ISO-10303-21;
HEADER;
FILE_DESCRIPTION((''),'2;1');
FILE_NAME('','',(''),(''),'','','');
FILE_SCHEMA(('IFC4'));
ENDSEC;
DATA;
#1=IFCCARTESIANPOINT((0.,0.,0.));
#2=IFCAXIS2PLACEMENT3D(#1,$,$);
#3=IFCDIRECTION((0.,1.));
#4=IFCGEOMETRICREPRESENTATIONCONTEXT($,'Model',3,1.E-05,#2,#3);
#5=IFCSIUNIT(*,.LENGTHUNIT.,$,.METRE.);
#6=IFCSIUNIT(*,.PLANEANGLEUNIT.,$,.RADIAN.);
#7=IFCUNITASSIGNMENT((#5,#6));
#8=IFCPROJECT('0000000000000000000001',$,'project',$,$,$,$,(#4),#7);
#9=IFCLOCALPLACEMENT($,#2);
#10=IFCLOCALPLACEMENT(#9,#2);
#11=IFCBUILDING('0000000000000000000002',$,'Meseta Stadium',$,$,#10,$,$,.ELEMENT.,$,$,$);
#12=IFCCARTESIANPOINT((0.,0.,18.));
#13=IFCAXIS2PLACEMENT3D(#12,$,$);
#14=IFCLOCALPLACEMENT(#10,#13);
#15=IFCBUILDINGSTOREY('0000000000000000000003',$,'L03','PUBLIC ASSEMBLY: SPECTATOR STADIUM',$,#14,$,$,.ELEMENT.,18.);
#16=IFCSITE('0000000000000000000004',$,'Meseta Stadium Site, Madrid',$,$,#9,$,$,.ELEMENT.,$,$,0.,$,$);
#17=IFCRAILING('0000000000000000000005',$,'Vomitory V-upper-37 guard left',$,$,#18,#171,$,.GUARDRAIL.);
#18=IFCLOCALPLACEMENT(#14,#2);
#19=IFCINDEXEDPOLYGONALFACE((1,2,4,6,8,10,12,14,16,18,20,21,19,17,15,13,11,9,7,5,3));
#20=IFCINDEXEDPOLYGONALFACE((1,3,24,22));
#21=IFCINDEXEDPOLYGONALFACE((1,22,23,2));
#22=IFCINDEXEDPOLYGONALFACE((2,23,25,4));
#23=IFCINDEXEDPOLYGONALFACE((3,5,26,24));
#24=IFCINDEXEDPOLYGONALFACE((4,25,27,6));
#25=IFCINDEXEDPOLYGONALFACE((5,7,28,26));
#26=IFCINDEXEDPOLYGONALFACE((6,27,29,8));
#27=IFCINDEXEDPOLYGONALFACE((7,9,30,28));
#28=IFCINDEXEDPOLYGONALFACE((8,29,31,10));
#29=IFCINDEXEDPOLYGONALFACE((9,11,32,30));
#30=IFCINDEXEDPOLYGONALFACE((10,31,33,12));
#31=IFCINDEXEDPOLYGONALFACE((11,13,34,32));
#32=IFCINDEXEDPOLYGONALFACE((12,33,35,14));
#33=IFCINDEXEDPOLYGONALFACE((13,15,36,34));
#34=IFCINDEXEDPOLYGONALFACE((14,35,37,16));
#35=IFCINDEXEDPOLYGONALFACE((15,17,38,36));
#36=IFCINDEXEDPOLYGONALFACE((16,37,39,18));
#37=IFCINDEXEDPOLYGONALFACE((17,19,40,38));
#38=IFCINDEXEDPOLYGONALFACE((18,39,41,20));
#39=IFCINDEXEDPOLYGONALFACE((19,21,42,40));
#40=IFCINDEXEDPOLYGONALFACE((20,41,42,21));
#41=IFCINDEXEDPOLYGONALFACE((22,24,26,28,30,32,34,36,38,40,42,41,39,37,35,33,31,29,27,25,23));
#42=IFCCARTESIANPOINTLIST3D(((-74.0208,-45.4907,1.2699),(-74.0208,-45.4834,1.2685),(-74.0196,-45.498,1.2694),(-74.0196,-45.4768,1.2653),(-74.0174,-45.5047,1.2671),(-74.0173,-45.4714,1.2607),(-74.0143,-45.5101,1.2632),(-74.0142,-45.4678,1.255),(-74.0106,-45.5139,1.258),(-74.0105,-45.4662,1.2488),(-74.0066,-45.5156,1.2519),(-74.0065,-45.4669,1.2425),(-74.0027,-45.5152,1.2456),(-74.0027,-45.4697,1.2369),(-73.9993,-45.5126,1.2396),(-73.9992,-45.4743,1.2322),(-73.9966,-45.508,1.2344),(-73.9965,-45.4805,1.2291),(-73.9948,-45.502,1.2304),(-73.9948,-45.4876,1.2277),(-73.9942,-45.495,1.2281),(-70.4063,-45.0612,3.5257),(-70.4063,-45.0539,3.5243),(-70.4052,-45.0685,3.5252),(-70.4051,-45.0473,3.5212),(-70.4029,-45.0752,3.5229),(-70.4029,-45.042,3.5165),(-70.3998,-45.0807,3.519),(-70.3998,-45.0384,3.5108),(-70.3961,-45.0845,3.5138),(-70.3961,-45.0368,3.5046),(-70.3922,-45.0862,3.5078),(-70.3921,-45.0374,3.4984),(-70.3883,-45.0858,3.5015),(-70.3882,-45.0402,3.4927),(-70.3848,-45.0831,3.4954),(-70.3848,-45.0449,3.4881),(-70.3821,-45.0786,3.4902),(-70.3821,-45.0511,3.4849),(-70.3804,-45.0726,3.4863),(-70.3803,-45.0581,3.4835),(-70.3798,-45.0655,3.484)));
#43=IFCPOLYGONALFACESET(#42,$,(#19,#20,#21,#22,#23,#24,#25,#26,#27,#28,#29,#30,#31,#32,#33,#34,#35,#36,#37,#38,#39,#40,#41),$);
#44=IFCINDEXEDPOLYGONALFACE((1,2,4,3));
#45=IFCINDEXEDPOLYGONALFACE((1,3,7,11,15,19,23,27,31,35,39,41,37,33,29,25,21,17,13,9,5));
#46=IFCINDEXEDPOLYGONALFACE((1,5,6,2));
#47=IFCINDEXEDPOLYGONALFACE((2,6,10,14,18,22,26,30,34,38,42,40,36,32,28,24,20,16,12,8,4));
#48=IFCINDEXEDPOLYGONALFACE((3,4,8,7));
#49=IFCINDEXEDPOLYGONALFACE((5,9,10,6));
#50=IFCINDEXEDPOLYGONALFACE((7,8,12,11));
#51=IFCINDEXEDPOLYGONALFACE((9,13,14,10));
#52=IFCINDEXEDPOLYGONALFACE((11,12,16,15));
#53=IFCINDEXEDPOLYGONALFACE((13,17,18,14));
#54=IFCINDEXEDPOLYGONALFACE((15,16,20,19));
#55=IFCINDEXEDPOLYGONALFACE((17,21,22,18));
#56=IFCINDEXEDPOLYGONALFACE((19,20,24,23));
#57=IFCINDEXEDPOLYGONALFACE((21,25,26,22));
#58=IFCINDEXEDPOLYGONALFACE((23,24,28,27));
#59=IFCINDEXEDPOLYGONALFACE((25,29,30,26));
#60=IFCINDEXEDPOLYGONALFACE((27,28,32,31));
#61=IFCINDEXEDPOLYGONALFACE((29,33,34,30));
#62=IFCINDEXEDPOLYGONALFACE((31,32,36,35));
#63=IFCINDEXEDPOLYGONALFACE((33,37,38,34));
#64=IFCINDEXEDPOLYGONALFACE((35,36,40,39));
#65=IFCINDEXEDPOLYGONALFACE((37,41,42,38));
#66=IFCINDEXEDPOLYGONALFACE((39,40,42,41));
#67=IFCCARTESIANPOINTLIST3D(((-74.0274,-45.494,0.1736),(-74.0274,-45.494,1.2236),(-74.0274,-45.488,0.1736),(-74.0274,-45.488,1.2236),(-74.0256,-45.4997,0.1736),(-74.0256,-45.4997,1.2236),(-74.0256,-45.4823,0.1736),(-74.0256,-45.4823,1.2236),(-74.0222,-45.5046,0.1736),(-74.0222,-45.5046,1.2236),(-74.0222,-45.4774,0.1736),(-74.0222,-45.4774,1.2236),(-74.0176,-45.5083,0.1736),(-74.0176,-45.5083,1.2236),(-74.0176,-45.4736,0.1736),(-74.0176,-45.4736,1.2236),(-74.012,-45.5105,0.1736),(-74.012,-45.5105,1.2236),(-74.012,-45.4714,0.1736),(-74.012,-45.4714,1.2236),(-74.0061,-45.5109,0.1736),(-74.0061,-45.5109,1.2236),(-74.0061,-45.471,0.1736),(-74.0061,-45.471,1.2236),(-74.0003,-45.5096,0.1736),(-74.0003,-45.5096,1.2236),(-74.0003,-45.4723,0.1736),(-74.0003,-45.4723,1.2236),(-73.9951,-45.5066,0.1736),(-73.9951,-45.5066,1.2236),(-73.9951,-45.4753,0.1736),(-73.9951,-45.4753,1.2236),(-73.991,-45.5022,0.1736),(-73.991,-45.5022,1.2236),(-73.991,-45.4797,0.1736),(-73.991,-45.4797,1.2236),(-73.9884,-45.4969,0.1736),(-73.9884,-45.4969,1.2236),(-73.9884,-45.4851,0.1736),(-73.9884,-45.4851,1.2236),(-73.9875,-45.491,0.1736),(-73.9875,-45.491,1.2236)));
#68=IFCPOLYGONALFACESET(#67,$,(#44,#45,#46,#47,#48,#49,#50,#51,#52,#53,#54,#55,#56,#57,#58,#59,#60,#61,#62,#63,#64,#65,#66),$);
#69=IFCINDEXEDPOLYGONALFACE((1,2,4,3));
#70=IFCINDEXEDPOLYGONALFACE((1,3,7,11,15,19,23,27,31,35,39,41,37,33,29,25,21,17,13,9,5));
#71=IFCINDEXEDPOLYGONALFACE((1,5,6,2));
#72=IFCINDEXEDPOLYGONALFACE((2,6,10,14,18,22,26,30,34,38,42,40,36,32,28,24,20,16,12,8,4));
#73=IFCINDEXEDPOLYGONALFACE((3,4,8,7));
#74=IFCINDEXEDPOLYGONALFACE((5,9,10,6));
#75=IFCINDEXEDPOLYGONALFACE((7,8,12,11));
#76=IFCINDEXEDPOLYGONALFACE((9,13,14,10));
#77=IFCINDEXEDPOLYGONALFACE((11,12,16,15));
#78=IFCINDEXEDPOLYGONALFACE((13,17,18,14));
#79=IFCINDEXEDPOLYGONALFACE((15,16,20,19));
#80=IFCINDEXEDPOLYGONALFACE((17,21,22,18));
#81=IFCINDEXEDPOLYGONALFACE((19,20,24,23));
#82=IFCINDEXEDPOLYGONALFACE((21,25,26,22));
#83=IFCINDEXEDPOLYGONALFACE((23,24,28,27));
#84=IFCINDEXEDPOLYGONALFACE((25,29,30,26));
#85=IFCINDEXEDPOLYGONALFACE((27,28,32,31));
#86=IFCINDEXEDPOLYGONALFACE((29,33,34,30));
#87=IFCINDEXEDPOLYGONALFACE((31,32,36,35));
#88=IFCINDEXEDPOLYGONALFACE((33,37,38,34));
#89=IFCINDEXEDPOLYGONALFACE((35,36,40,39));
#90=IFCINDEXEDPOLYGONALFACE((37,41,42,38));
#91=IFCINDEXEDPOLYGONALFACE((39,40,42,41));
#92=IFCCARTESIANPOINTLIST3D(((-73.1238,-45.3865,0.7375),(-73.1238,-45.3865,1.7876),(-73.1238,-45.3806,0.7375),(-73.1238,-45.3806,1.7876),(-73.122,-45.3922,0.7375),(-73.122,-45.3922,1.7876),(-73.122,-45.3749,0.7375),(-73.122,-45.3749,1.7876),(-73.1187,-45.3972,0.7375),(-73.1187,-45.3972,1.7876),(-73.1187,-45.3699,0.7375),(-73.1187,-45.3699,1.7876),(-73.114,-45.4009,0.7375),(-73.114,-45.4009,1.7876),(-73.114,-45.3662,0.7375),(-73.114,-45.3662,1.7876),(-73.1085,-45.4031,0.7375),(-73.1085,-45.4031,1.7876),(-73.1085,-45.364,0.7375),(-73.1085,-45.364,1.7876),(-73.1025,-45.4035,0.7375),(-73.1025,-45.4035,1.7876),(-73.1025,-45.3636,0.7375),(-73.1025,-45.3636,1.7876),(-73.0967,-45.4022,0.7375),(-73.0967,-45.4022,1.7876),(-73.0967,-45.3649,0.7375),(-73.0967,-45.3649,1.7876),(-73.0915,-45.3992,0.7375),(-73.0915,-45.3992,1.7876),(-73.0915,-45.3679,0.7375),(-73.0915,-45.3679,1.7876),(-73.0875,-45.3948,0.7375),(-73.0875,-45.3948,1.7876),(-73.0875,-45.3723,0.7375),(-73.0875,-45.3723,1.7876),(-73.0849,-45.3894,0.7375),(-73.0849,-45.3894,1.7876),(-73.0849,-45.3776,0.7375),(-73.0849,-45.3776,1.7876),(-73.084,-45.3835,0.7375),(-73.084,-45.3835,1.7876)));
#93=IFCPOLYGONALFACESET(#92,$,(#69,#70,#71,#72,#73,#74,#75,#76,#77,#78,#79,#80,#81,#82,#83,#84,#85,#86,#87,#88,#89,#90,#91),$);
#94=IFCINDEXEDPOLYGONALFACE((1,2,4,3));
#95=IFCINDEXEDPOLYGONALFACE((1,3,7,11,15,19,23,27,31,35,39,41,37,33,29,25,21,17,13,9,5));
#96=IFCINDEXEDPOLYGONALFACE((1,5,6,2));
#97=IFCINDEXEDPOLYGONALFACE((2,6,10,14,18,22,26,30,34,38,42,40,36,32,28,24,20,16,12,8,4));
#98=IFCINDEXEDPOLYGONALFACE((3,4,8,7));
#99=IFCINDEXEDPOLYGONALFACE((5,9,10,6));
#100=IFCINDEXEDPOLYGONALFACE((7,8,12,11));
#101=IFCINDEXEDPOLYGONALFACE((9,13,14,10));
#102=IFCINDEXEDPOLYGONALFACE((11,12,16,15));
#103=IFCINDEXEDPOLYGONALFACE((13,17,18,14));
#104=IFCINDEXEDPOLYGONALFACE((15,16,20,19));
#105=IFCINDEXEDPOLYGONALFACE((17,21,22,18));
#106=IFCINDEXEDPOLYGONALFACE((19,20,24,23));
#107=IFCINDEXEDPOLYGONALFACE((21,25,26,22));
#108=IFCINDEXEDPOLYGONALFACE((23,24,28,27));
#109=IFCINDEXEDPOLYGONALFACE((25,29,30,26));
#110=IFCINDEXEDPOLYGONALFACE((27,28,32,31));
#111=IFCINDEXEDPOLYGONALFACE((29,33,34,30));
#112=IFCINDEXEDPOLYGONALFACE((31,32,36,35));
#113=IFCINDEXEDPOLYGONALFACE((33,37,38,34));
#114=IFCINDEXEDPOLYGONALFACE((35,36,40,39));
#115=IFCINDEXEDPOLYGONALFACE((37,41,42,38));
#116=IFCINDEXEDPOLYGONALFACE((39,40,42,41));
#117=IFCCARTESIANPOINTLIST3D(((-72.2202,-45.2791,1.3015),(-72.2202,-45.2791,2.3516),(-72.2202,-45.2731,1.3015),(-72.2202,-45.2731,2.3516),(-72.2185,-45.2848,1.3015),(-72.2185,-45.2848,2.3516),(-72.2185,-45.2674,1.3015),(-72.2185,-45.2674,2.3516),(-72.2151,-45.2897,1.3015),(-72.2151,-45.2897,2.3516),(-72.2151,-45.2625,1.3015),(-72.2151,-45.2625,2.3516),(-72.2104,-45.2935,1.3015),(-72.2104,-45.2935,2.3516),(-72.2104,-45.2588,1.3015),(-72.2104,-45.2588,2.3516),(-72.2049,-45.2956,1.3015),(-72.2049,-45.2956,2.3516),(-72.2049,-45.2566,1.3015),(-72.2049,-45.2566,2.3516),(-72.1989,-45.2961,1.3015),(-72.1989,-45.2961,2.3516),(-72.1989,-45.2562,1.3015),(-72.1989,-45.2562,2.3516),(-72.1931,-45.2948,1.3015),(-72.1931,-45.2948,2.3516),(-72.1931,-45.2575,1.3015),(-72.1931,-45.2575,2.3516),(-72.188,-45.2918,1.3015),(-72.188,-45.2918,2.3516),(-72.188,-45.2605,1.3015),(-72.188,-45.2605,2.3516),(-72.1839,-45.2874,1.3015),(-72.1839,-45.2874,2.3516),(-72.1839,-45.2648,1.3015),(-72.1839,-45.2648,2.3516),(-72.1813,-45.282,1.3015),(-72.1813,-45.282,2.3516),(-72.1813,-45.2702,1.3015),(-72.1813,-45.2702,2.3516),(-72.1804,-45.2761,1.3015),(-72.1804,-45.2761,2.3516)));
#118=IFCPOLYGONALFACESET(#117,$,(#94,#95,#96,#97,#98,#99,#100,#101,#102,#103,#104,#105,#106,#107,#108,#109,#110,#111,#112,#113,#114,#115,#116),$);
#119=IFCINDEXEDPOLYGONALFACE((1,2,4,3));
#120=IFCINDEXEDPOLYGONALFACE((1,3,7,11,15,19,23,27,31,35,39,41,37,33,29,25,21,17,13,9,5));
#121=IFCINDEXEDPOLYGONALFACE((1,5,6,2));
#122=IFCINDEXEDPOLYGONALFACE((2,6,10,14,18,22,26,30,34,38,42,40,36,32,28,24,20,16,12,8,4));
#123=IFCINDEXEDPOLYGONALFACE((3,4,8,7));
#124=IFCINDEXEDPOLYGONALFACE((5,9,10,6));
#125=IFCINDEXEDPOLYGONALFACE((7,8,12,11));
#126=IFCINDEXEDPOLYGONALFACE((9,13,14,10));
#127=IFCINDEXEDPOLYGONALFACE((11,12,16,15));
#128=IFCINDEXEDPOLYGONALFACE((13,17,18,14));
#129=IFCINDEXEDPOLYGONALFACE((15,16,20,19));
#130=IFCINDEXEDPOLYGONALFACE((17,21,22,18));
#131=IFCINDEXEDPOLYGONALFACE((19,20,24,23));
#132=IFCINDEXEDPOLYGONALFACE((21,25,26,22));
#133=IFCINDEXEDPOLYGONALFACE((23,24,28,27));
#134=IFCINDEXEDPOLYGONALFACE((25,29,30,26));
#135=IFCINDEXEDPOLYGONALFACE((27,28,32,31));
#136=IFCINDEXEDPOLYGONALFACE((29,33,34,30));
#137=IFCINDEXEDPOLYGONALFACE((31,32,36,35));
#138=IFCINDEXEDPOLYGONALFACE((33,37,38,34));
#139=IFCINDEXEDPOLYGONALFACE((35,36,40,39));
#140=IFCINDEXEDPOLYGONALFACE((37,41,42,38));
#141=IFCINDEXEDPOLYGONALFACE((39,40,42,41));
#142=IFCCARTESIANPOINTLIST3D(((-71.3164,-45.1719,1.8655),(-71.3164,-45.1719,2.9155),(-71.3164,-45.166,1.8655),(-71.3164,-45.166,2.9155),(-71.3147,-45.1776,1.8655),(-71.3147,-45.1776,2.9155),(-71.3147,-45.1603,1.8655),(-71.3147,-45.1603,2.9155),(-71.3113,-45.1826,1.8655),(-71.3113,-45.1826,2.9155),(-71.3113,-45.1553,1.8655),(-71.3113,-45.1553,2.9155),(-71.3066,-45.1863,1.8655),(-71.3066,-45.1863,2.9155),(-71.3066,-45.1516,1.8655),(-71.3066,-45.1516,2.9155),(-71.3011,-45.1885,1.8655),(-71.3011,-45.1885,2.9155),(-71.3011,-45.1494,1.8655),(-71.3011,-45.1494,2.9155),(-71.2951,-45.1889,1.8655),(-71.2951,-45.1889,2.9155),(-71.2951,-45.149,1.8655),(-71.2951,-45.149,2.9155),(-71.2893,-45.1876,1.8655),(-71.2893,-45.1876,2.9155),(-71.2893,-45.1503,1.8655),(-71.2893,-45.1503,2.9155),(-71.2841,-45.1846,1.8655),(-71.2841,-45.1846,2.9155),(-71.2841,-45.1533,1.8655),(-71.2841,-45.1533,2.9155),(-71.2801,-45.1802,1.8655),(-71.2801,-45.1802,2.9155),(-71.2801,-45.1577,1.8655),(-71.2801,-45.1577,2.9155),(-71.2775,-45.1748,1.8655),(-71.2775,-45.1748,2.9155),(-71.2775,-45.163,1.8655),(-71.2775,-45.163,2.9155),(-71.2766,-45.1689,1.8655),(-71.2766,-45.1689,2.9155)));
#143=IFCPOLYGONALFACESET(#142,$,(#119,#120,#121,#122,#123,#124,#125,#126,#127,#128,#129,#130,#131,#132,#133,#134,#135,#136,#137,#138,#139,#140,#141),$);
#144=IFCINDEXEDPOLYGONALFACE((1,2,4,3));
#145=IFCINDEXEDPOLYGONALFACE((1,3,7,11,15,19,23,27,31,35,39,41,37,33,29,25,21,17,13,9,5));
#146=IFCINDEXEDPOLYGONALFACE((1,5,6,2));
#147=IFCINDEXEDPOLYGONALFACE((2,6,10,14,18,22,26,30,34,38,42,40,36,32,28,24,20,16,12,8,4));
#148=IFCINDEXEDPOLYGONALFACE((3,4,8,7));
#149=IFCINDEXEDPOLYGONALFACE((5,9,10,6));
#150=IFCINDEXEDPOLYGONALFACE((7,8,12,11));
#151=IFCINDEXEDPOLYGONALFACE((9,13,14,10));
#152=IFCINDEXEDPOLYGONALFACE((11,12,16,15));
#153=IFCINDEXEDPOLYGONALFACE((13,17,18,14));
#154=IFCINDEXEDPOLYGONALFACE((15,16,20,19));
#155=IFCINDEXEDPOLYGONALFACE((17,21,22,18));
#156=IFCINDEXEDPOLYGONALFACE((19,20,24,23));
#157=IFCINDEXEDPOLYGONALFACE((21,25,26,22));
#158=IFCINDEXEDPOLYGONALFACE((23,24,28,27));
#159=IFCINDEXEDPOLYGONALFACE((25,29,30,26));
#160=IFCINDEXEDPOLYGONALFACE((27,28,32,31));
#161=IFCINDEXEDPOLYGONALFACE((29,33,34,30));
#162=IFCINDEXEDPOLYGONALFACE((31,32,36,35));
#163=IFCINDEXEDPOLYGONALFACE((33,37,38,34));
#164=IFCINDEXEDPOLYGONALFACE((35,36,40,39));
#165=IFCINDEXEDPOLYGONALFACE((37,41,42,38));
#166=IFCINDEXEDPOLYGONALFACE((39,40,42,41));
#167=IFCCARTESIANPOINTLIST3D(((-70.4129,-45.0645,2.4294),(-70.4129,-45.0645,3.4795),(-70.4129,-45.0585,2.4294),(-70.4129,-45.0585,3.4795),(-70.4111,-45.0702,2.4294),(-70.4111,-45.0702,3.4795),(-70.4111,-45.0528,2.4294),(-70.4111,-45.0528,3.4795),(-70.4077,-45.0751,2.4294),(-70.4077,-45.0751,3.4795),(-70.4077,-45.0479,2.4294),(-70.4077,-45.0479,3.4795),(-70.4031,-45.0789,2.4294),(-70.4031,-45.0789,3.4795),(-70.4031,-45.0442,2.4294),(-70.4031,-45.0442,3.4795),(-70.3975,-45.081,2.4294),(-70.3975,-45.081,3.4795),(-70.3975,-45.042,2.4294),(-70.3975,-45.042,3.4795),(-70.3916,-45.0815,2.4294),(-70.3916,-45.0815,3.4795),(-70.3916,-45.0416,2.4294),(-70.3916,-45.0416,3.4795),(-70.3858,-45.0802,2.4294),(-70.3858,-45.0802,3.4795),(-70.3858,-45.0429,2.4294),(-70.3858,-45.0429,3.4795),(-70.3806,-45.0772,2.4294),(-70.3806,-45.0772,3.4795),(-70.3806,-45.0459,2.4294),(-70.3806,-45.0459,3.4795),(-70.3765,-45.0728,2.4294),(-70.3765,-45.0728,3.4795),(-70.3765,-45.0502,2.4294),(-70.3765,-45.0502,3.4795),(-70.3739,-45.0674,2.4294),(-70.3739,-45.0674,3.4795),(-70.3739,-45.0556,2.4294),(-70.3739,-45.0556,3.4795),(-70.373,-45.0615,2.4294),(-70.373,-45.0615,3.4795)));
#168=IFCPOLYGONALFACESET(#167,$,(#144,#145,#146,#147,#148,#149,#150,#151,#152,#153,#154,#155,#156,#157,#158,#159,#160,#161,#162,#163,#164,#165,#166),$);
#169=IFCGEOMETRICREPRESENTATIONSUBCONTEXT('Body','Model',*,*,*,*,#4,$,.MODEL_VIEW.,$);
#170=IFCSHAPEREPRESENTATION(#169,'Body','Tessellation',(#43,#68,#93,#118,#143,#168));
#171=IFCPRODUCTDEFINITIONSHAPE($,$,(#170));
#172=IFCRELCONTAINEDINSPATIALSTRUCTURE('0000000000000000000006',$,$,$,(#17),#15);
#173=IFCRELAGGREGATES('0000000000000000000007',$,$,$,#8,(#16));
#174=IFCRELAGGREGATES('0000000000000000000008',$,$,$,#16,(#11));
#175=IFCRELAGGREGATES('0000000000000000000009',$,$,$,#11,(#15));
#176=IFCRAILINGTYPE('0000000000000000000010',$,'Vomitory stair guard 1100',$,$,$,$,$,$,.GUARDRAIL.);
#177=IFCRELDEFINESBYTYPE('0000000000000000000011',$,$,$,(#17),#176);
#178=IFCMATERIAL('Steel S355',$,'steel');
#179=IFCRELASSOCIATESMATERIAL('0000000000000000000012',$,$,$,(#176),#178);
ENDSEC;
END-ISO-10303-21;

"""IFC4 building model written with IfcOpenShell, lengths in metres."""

from ifc_helpers import new_model, si_unit, direction, frame, origin, origin_2d, place, context, subcontext, project, spatial, circle, extrude, material, type_object, element, save


model = new_model("IFC4")

# Units and contexts
model_context = context("Model", 3, precision=1e-05, world=origin(), true_north=direction((0.0, 1.0)))
body_context = subcontext(model_context, "Body", "Model", "MODEL_VIEW")
ifc_project = project(units=[si_unit("LENGTHUNIT", "METRE"), si_unit("PLANEANGLEUNIT", "RADIAN")], contexts=[model_context])

# Site, building, storey
site_placement = place(None, origin())
site = spatial("IfcSite", under=ifc_project, at=site_placement, Name="Meseta Stadium Site, Madrid", CompositionType="ELEMENT", RefElevation=0.0)
building_placement = place(site_placement, origin())
building = spatial("IfcBuilding", under=site, at=building_placement, Name="Meseta Stadium", CompositionType="ELEMENT")
storey_placement = place(building_placement, frame((0.0, 0.0, 18.0)))
storey = spatial("IfcBuildingStorey", under=building, at=storey_placement, Name="L03", Description="PUBLIC ASSEMBLY: SPECTATOR STADIUM", CompositionType="ELEMENT", Elevation=18.0)

# Railing
ifc_material_1 = material(Name="Steel S355", Category="steel")
railing_type_1 = type_object("IfcRailingType", Name="Vomitory stair guard 1100", PredefinedType="GUARDRAIL", material=ifc_material_1)
railing_1_placement = place(storey_placement, frame((-74.0076, -45.491, 0.1736)))
element("IfcRailing", 1, at=railing_1_placement, inside=storey, type_object=railing_type_1, Name="Vomitory V-upper-37 guard left", PredefinedType="GUARDRAIL", context=body_context, shape_type="SweptSolid", body=[
    extrude(circle(Radius=0.0249, at=origin_2d()), frame((0.0, 0.0, 1.0752), z_axis=(0.84406, 0.100284, 0.526789), x_axis=(-0.117981, 0.993016, 0.0)), (0.0, 0.0, 1.0), 4.2822),
    extrude(circle(Radius=0.02, at=origin_2d()), origin(), (0.0, 0.0, 1.0), 1.05),
    extrude(circle(Radius=0.02, at=origin_2d()), frame((0.9036, 0.1074, 0.564)), (0.0, 0.0, 1.0), 1.05),
    extrude(circle(Radius=0.02, at=origin_2d()), frame((1.8071, 0.2148, 1.1279)), (0.0, 0.0, 1.0), 1.05),
    extrude(circle(Radius=0.02, at=origin_2d()), frame((2.7109, 0.322, 1.6919)), (0.0, 0.0, 1.0), 1.05),
    extrude(circle(Radius=0.02, at=origin_2d()), frame((3.6145, 0.4294, 2.2559)), (0.0, 0.0, 1.0), 1.05),
])

save(model, "model.ifc")
